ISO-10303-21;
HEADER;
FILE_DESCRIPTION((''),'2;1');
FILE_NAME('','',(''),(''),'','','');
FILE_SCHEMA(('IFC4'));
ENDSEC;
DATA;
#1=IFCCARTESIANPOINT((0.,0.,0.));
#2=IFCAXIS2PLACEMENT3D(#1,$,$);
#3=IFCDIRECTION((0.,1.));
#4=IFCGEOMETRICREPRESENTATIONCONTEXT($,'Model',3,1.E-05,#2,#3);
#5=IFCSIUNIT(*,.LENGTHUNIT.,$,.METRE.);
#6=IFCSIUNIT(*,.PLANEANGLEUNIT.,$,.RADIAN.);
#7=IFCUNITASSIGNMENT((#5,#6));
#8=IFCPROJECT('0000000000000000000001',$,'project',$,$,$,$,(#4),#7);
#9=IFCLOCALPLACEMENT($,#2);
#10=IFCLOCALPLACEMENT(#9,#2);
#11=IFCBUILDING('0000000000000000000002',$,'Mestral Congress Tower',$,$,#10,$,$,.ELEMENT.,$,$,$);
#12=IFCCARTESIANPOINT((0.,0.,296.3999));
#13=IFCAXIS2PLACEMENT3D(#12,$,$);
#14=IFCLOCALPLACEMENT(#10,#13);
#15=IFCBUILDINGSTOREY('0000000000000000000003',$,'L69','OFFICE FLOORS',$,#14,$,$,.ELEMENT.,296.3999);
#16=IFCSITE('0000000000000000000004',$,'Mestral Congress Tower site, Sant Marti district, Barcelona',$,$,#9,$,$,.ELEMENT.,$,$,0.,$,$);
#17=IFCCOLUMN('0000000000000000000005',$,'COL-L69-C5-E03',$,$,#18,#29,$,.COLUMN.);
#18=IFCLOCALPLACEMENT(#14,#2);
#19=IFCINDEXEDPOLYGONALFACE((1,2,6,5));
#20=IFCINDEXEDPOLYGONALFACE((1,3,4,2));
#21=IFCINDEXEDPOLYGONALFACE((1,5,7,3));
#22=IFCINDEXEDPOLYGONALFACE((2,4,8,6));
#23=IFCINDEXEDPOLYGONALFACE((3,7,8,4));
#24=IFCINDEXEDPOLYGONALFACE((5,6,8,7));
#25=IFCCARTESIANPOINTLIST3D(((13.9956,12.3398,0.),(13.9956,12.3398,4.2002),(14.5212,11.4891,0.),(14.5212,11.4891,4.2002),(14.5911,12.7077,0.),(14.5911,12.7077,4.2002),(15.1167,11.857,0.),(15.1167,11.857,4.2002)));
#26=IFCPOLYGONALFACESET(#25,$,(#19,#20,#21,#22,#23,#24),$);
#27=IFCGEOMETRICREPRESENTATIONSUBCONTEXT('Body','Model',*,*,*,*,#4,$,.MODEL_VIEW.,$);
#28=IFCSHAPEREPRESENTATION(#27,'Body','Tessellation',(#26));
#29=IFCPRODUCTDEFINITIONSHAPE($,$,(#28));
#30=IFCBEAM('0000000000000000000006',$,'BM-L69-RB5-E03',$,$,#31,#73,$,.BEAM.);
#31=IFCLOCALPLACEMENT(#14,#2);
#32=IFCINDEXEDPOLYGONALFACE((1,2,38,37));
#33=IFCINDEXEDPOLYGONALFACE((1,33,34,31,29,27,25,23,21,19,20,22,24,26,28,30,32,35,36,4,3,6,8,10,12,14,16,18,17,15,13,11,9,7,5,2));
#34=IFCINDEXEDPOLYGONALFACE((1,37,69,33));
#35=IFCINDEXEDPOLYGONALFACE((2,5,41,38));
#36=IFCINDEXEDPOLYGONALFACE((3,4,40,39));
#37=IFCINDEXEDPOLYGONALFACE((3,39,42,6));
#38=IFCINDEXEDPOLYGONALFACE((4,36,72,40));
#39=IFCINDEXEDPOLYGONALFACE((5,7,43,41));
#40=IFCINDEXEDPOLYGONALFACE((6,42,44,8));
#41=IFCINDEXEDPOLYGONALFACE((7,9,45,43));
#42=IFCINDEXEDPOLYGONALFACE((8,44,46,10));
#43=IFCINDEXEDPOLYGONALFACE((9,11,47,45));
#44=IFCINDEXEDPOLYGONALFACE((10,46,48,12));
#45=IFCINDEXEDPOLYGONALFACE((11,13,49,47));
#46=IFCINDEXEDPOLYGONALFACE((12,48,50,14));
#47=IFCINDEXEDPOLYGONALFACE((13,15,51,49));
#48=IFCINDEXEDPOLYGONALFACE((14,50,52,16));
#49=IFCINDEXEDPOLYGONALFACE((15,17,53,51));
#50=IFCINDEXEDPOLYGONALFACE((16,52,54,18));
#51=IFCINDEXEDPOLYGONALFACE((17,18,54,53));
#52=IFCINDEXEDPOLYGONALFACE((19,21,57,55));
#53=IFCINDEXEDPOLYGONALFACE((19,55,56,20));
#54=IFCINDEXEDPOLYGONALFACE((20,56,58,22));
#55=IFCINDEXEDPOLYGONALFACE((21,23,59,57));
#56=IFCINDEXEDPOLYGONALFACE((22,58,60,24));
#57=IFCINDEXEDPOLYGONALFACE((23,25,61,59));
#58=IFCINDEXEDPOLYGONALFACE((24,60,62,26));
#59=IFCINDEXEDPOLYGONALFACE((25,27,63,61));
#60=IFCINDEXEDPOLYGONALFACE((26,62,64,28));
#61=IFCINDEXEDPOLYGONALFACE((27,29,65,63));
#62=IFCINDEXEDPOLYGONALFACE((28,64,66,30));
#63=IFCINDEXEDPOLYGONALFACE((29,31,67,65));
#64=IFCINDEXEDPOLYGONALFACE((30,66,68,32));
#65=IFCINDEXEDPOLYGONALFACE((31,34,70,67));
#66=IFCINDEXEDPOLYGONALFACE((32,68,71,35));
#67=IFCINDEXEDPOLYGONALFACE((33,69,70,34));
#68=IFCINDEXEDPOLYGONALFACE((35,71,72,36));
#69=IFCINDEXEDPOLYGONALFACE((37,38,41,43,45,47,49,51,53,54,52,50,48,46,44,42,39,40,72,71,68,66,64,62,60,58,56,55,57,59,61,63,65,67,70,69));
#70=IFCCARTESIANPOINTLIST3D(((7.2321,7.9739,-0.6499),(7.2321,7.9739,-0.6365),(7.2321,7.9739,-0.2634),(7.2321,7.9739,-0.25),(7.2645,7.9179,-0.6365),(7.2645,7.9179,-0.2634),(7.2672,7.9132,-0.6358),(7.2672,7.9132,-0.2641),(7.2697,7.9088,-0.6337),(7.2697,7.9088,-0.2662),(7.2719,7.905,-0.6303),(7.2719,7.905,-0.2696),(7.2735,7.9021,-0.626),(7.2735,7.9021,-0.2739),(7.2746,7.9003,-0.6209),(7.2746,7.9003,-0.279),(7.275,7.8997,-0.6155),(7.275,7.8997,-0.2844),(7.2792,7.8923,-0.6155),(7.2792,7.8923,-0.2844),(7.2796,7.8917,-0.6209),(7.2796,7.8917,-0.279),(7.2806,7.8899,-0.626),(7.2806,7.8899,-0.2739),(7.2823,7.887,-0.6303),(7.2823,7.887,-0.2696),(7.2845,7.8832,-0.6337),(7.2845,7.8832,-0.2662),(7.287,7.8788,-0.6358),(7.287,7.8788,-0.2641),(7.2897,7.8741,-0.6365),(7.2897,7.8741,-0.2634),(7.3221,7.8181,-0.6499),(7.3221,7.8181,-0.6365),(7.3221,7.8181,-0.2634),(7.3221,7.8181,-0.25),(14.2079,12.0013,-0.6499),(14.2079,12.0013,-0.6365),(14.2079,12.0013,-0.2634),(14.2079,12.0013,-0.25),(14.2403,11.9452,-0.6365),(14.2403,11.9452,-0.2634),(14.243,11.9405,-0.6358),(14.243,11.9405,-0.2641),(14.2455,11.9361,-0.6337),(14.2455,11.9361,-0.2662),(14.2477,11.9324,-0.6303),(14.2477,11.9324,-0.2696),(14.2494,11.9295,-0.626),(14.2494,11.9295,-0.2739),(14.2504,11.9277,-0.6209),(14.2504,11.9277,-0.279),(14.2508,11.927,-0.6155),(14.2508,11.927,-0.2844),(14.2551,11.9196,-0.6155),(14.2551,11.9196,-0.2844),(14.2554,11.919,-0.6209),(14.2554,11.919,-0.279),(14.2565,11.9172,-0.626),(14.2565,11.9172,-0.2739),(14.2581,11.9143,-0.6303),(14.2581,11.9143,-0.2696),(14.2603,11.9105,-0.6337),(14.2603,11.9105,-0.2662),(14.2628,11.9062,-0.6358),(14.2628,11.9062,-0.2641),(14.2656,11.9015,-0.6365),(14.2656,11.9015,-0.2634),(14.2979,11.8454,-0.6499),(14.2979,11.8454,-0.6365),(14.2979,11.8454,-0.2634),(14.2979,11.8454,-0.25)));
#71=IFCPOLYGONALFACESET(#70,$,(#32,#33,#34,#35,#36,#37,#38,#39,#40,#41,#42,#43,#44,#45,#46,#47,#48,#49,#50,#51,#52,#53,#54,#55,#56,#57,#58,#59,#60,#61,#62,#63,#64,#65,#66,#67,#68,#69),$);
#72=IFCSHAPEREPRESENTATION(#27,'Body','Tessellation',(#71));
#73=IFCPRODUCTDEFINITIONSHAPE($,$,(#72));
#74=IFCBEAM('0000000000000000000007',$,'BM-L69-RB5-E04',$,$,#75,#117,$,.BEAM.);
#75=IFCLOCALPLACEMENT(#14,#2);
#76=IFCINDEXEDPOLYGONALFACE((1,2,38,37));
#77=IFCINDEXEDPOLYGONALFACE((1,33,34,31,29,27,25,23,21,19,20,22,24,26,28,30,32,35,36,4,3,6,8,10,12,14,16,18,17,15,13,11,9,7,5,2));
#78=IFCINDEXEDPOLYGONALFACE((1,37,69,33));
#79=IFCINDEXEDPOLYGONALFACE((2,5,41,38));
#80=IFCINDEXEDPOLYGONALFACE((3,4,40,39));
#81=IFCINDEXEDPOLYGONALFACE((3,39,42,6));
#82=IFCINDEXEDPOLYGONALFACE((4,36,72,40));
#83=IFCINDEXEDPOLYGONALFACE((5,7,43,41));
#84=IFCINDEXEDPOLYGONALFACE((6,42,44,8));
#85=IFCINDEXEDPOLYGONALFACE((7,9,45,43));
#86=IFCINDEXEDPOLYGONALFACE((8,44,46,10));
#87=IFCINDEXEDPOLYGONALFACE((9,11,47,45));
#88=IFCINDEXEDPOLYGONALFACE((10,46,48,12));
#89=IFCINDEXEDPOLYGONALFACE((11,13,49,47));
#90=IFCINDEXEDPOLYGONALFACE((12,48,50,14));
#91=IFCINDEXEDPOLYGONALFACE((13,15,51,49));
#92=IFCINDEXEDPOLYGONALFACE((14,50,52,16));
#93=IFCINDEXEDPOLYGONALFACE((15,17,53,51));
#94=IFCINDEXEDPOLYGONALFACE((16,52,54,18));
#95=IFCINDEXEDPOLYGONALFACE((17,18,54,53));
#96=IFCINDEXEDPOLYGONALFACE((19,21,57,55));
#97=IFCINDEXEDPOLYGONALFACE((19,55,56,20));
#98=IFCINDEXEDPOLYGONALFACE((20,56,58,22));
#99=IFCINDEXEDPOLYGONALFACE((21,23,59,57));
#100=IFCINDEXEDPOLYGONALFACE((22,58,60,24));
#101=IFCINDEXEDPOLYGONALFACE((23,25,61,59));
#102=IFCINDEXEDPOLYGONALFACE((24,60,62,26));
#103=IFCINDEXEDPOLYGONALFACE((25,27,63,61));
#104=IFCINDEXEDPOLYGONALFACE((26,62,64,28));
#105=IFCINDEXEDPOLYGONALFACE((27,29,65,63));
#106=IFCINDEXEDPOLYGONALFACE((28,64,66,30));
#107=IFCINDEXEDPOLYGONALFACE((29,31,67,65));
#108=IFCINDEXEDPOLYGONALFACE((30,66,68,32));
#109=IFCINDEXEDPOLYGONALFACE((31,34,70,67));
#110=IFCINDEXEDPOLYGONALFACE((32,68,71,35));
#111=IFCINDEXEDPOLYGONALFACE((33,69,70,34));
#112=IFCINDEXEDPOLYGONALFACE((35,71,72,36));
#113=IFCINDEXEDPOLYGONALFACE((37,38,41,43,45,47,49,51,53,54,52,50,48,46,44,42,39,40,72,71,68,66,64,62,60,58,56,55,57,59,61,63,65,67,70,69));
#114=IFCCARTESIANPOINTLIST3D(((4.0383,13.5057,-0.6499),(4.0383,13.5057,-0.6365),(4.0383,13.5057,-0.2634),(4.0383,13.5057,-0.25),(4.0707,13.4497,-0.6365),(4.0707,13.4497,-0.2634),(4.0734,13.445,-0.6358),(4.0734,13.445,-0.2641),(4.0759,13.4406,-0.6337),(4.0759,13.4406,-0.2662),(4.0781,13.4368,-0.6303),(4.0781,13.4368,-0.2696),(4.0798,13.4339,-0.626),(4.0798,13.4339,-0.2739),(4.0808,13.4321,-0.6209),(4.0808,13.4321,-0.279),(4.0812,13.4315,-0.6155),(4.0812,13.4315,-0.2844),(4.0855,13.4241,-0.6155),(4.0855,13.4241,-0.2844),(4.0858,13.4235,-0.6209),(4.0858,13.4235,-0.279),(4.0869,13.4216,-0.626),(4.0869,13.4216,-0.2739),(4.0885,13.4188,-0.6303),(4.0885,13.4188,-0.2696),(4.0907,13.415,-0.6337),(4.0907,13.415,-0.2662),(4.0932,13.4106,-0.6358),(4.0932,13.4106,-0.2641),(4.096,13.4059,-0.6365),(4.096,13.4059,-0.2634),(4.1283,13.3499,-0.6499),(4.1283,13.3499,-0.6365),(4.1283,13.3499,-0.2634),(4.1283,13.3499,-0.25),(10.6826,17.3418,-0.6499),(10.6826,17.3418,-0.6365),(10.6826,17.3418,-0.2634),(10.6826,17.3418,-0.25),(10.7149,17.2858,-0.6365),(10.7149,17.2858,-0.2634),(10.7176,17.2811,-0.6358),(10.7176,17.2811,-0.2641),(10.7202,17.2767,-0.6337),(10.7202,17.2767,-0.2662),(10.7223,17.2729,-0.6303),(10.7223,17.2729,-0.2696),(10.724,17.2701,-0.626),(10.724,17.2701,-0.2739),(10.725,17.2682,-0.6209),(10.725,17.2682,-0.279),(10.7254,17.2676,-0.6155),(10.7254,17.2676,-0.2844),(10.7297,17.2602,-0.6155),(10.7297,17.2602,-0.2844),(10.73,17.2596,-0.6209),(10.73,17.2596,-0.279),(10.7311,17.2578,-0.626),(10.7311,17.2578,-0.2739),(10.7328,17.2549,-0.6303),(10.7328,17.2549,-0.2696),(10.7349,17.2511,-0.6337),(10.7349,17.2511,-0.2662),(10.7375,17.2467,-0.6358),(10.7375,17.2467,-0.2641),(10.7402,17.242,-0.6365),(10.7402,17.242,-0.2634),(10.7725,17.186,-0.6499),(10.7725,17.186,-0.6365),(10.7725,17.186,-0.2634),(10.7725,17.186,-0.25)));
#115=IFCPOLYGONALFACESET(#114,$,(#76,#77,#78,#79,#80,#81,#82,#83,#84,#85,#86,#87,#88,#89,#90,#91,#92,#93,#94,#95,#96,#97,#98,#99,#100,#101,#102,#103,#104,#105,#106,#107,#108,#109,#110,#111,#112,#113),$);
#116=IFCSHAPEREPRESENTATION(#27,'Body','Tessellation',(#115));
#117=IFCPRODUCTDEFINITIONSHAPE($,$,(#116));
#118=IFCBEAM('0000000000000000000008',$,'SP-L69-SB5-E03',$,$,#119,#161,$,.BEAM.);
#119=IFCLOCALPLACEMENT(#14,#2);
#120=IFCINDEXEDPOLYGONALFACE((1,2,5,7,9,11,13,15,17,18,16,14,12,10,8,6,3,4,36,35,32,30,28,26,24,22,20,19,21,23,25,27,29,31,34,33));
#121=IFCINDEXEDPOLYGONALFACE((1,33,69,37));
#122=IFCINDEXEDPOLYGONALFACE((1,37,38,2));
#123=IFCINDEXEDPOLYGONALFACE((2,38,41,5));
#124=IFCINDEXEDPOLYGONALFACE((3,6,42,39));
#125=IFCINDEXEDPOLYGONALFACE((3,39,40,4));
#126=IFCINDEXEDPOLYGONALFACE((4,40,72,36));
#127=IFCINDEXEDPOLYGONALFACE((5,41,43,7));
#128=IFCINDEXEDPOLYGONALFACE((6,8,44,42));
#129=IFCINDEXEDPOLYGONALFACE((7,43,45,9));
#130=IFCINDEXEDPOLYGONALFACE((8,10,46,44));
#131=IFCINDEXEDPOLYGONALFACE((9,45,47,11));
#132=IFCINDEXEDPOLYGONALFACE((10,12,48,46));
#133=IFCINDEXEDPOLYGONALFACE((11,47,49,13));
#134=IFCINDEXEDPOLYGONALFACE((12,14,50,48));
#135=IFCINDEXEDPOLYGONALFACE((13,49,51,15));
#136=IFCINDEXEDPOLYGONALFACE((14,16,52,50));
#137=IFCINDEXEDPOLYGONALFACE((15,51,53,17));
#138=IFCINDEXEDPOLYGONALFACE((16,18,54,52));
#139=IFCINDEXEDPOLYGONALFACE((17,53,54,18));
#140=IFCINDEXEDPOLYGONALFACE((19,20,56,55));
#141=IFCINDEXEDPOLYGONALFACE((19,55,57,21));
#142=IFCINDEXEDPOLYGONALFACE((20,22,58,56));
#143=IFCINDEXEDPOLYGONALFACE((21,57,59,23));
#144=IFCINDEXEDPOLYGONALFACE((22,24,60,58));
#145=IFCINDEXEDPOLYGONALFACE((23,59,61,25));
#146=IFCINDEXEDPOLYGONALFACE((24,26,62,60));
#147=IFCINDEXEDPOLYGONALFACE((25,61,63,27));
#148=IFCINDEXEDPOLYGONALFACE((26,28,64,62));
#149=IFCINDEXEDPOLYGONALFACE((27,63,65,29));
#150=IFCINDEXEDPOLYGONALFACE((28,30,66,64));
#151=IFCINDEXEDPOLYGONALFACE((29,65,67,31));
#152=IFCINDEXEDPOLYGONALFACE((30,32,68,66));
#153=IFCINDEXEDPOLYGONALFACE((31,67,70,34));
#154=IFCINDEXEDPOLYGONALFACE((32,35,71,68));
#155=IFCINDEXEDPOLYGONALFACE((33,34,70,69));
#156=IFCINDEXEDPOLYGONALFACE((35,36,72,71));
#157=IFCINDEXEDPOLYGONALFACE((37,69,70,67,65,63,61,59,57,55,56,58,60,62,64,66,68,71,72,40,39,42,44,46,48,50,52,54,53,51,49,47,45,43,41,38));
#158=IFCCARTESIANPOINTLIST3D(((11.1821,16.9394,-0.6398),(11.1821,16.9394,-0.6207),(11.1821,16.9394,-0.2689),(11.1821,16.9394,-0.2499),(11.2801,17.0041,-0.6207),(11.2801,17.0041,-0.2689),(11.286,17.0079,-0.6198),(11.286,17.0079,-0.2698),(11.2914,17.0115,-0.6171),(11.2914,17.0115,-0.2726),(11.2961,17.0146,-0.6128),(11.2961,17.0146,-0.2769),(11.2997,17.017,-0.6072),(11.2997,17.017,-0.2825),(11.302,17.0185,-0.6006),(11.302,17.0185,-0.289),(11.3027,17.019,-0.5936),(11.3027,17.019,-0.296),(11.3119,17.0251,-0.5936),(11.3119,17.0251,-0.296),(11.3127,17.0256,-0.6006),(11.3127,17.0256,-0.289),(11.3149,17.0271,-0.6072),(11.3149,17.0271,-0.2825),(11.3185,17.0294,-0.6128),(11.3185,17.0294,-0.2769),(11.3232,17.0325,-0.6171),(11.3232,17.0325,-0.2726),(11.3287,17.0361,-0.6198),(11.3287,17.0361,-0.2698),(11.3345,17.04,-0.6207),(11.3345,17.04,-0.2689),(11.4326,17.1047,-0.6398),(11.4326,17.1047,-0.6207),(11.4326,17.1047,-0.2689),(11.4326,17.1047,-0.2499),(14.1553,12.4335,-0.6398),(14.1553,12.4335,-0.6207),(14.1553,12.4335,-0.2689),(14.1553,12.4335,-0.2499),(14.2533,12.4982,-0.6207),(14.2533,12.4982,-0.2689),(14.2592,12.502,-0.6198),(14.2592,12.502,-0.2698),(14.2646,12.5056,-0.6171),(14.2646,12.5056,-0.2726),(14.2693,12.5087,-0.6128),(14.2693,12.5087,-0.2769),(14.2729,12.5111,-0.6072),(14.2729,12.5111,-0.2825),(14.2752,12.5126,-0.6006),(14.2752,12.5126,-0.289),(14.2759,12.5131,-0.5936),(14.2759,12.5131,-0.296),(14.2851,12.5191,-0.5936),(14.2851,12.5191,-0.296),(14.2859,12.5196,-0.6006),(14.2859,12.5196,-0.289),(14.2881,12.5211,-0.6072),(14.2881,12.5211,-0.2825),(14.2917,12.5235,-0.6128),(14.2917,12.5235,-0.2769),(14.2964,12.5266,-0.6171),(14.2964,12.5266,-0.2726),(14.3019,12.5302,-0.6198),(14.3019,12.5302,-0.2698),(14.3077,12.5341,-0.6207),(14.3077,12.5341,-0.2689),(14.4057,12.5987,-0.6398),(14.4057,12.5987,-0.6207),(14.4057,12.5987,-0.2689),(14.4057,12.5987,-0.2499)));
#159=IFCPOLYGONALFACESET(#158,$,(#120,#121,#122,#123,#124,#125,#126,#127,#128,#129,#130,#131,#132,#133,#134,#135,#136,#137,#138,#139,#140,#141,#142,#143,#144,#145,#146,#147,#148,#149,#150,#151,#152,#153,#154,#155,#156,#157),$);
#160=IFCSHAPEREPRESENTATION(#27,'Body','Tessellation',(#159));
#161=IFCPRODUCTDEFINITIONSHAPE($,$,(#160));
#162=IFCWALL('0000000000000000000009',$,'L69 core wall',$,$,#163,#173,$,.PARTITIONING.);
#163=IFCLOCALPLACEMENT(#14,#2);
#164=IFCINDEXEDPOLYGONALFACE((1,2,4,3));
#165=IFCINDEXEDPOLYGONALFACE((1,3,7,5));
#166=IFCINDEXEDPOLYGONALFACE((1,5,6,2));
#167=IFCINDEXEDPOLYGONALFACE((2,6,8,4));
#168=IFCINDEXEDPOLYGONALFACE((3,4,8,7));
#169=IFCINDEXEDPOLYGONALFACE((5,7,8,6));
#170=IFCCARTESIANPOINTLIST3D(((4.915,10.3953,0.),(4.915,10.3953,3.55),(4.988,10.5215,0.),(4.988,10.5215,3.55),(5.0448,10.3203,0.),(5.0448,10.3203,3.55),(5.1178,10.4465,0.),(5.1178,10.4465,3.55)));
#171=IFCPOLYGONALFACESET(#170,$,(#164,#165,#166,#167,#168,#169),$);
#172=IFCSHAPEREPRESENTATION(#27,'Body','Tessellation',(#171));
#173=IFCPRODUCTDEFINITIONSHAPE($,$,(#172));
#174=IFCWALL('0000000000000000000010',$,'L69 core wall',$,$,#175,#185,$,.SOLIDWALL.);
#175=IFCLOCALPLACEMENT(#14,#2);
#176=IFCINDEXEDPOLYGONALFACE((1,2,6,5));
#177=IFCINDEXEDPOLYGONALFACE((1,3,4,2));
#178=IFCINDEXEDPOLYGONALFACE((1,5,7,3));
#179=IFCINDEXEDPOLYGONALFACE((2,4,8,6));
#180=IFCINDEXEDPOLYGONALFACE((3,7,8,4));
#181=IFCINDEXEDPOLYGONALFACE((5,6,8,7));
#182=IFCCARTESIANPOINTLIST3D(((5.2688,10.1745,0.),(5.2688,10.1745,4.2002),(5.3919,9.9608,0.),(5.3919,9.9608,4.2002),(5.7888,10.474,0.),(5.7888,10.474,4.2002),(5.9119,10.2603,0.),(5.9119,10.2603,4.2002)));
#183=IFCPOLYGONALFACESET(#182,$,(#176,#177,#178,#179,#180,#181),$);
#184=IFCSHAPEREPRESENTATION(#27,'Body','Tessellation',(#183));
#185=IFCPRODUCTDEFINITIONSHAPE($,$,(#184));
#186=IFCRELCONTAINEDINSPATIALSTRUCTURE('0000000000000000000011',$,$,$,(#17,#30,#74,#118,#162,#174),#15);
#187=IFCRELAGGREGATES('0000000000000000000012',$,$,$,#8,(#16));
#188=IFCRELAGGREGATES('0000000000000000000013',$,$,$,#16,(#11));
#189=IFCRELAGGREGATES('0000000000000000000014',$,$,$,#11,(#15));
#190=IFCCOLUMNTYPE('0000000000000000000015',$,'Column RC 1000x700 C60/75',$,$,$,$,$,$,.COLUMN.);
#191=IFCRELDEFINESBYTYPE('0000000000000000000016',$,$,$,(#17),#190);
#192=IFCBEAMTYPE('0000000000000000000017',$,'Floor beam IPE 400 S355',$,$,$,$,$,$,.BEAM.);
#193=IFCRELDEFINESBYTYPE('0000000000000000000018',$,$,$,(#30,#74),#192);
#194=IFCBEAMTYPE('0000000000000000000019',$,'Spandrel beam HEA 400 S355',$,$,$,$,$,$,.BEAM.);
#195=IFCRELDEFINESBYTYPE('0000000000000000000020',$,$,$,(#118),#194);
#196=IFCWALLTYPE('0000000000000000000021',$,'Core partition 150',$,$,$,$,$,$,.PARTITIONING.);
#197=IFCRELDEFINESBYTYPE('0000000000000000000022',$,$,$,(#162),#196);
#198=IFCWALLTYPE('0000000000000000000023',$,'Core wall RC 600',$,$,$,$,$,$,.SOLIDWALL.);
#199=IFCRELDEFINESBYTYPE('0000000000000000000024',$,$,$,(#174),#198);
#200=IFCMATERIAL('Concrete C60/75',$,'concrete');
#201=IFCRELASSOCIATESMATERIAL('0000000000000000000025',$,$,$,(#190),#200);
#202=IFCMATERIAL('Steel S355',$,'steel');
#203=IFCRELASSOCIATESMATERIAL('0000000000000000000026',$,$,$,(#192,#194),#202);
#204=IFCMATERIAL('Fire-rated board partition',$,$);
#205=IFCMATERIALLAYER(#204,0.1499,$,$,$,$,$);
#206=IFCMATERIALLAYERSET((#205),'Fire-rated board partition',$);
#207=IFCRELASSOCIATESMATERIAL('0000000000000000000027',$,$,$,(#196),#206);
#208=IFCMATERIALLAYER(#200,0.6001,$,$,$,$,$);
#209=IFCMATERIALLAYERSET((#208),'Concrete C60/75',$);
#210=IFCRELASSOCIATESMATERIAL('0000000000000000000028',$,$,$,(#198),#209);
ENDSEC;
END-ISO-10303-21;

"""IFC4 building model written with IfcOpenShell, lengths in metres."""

from ifc_helpers import new_model, si_unit, direction, frame, frame_2d, origin, origin_2d, place, context, subcontext, project, spatial, rectangle, i_section, extrude, material, layer, layer_set, material_profile, profile_set, type_object, element, save


model = new_model("IFC4")

# Units and contexts
model_context = context("Model", 3, precision=1e-05, world=origin(), true_north=direction((0.0, 1.0)))
body_context = subcontext(model_context, "Body", "Model", "MODEL_VIEW")
ifc_project = project(units=[si_unit("LENGTHUNIT", "METRE"), si_unit("PLANEANGLEUNIT", "RADIAN")], contexts=[model_context])

# Site, building, storey
site_placement = place(None, origin())
site = spatial("IfcSite", under=ifc_project, at=site_placement, Name="Mestral Congress Tower site, Sant Marti district, Barcelona", CompositionType="ELEMENT", RefElevation=0.0)
building_placement = place(site_placement, origin())
building = spatial("IfcBuilding", under=site, at=building_placement, Name="Mestral Congress Tower", CompositionType="ELEMENT")
storey_placement = place(building_placement, frame((0.0, 0.0, 296.3999)))
storey = spatial("IfcBuildingStorey", under=building, at=storey_placement, Name="L69", Description="OFFICE FLOORS", CompositionType="ELEMENT", Elevation=296.3999)

# Column
ifc_material_1 = material(Name="Concrete C60/75", Category="concrete")
ifc_material_profile_1 = material_profile(ifc_material_1, rectangle(XDim=1.0, YDim=0.7, at=origin_2d()), Name="RC 1000x700")
ifc_profile_set_1 = profile_set([ifc_material_profile_1], Name="Concrete C60/75")
column_type = type_object("IfcColumnType", Name="Column RC 1000x700 C60/75", PredefinedType="COLUMN", material=ifc_profile_set_1)
column_placement = place(storey_placement, frame((14.5562, 12.0984, 0.0), z_axis=(0.0, 0.0, 1.0), x_axis=(-0.52561, 0.850726, 0.0)))
element("IfcColumn", 1, at=column_placement, inside=storey, type_object=column_type, Name="COL-L69-C5-E03", PredefinedType="COLUMN", context=body_context, shape_type="SweptSolid", body=[
    extrude(rectangle(XDim=1.0, YDim=0.7, at=origin_2d()), origin(), (0.0, 0.0, 1.0), 4.2002),
])

# Beams
ifc_material_2 = material(Name="Steel S355", Category="steel")
ifc_material_profile_2 = material_profile(ifc_material_2, i_section(OverallWidth=0.1799, OverallDepth=0.3999, WebThickness=0.0085, FlangeThickness=0.0134, FilletRadius=0.021, at=origin_2d()), Name="IPE 400")
ifc_profile_set_2 = profile_set([ifc_material_profile_2], Name="Steel S355")
beam_type_1 = type_object("IfcBeamType", Name="Floor beam IPE 400 S355", PredefinedType="BEAM", material=ifc_profile_set_2)
beam_1_placement = place(storey_placement, frame((14.2529, 11.9233, -0.45), z_axis=(-0.866034, -0.499986, 0.0), x_axis=(0.499986, -0.866034, 0.0)))
element("IfcBeam", 2, at=beam_1_placement, inside=storey, type_object=beam_type_1, Name="BM-L69-RB5-E03", PredefinedType="BEAM", context=body_context, shape_type="SweptSolid", body=[
    extrude(i_section(OverallWidth=0.1799, OverallDepth=0.3999, WebThickness=0.0085, FlangeThickness=0.0134, FilletRadius=0.021, at=origin_2d()), origin(), (0.0, 0.0, 1.0), 8.0549),
])
beam_2_placement = place(storey_placement, frame((10.7275, 17.2639, -0.45), z_axis=(-0.86602, -0.50001, 0.0), x_axis=(0.50001, -0.86602, 0.0)))
element("IfcBeam", 3, at=beam_2_placement, inside=storey, type_object=beam_type_1, Name="BM-L69-RB5-E04", PredefinedType="BEAM", context=body_context, shape_type="SweptSolid", body=[
    extrude(i_section(OverallWidth=0.1799, OverallDepth=0.3999, WebThickness=0.0085, FlangeThickness=0.0134, FilletRadius=0.021, at=origin_2d()), origin(), (0.0, 0.0, 1.0), 7.6721),
])
ifc_material_profile_3 = material_profile(ifc_material_2, i_section(OverallWidth=0.3, OverallDepth=0.3899, WebThickness=0.011, FlangeThickness=0.019, FilletRadius=0.0271, at=origin_2d()), Name="HEA 400")
ifc_profile_set_3 = profile_set([ifc_material_profile_3], Name="Steel S355")
beam_type_2 = type_object("IfcBeamType", Name="Spandrel beam HEA 400 S355", PredefinedType="BEAM", material=ifc_profile_set_3)
beam_3_placement = place(storey_placement, frame((14.2805, 12.5161, -0.4448), z_axis=(-0.550749, 0.834671, 0.0), x_axis=(-0.834671, -0.550749, 0.0)))
element("IfcBeam", 4, at=beam_3_placement, inside=storey, type_object=beam_type_2, Name="SP-L69-SB5-E03", PredefinedType="BEAM", context=body_context, shape_type="SweptSolid", body=[
    extrude(i_section(OverallWidth=0.3, OverallDepth=0.3899, WebThickness=0.011, FlangeThickness=0.019, FilletRadius=0.0271, at=origin_2d()), origin(), (0.0, 0.0, 1.0), 5.3984),
])

# Walls
ifc_material_3 = material(Name="Fire-rated board partition")
ifc_layer_1 = layer(ifc_material_3, 0.1499)
ifc_layer_set_1 = layer_set([ifc_layer_1], Name="Fire-rated board partition")
wall_type_1 = type_object("IfcWallType", Name="Core partition 150", PredefinedType="PARTITIONING", material=ifc_layer_set_1)
wall_1_placement = place(storey_placement, frame((4.98, 10.3579, 0.0), z_axis=(0.0, 0.0, 1.0), x_axis=(0.50064, 0.865655, 0.0)))
element("IfcWall", 5, at=wall_1_placement, inside=storey, type_object=wall_type_1, Name="L69 core wall", PredefinedType="PARTITIONING", context=body_context, shape_type="SweptSolid", body=[
    extrude(rectangle(XDim=0.1458, YDim=0.1499, at=frame_2d((0.0728, 0.0))), origin(), (0.0, 0.0, 1.0), 3.55),
])
ifc_layer_2 = layer(ifc_material_1, 0.6001)
ifc_layer_set_2 = layer_set([ifc_layer_2], Name="Concrete C60/75")
wall_type_2 = type_object("IfcWallType", Name="Core wall RC 600", PredefinedType="SOLIDWALL", material=ifc_layer_set_2)
wall_2_placement = place(storey_placement, frame((5.5288, 10.3242, 0.0), z_axis=(0.0, 0.0, 1.0), x_axis=(0.499122, -0.866532, 0.0)))
element("IfcWall", 6, at=wall_2_placement, inside=storey, type_object=wall_type_2, Name="L69 core wall", PredefinedType="SOLIDWALL", context=body_context, shape_type="SweptSolid", body=[
    extrude(rectangle(XDim=0.2466, YDim=0.6001, at=frame_2d((0.1233, 0.0))), origin(), (0.0, 0.0, 1.0), 4.2002),
])

save(model, "model.ifc")
